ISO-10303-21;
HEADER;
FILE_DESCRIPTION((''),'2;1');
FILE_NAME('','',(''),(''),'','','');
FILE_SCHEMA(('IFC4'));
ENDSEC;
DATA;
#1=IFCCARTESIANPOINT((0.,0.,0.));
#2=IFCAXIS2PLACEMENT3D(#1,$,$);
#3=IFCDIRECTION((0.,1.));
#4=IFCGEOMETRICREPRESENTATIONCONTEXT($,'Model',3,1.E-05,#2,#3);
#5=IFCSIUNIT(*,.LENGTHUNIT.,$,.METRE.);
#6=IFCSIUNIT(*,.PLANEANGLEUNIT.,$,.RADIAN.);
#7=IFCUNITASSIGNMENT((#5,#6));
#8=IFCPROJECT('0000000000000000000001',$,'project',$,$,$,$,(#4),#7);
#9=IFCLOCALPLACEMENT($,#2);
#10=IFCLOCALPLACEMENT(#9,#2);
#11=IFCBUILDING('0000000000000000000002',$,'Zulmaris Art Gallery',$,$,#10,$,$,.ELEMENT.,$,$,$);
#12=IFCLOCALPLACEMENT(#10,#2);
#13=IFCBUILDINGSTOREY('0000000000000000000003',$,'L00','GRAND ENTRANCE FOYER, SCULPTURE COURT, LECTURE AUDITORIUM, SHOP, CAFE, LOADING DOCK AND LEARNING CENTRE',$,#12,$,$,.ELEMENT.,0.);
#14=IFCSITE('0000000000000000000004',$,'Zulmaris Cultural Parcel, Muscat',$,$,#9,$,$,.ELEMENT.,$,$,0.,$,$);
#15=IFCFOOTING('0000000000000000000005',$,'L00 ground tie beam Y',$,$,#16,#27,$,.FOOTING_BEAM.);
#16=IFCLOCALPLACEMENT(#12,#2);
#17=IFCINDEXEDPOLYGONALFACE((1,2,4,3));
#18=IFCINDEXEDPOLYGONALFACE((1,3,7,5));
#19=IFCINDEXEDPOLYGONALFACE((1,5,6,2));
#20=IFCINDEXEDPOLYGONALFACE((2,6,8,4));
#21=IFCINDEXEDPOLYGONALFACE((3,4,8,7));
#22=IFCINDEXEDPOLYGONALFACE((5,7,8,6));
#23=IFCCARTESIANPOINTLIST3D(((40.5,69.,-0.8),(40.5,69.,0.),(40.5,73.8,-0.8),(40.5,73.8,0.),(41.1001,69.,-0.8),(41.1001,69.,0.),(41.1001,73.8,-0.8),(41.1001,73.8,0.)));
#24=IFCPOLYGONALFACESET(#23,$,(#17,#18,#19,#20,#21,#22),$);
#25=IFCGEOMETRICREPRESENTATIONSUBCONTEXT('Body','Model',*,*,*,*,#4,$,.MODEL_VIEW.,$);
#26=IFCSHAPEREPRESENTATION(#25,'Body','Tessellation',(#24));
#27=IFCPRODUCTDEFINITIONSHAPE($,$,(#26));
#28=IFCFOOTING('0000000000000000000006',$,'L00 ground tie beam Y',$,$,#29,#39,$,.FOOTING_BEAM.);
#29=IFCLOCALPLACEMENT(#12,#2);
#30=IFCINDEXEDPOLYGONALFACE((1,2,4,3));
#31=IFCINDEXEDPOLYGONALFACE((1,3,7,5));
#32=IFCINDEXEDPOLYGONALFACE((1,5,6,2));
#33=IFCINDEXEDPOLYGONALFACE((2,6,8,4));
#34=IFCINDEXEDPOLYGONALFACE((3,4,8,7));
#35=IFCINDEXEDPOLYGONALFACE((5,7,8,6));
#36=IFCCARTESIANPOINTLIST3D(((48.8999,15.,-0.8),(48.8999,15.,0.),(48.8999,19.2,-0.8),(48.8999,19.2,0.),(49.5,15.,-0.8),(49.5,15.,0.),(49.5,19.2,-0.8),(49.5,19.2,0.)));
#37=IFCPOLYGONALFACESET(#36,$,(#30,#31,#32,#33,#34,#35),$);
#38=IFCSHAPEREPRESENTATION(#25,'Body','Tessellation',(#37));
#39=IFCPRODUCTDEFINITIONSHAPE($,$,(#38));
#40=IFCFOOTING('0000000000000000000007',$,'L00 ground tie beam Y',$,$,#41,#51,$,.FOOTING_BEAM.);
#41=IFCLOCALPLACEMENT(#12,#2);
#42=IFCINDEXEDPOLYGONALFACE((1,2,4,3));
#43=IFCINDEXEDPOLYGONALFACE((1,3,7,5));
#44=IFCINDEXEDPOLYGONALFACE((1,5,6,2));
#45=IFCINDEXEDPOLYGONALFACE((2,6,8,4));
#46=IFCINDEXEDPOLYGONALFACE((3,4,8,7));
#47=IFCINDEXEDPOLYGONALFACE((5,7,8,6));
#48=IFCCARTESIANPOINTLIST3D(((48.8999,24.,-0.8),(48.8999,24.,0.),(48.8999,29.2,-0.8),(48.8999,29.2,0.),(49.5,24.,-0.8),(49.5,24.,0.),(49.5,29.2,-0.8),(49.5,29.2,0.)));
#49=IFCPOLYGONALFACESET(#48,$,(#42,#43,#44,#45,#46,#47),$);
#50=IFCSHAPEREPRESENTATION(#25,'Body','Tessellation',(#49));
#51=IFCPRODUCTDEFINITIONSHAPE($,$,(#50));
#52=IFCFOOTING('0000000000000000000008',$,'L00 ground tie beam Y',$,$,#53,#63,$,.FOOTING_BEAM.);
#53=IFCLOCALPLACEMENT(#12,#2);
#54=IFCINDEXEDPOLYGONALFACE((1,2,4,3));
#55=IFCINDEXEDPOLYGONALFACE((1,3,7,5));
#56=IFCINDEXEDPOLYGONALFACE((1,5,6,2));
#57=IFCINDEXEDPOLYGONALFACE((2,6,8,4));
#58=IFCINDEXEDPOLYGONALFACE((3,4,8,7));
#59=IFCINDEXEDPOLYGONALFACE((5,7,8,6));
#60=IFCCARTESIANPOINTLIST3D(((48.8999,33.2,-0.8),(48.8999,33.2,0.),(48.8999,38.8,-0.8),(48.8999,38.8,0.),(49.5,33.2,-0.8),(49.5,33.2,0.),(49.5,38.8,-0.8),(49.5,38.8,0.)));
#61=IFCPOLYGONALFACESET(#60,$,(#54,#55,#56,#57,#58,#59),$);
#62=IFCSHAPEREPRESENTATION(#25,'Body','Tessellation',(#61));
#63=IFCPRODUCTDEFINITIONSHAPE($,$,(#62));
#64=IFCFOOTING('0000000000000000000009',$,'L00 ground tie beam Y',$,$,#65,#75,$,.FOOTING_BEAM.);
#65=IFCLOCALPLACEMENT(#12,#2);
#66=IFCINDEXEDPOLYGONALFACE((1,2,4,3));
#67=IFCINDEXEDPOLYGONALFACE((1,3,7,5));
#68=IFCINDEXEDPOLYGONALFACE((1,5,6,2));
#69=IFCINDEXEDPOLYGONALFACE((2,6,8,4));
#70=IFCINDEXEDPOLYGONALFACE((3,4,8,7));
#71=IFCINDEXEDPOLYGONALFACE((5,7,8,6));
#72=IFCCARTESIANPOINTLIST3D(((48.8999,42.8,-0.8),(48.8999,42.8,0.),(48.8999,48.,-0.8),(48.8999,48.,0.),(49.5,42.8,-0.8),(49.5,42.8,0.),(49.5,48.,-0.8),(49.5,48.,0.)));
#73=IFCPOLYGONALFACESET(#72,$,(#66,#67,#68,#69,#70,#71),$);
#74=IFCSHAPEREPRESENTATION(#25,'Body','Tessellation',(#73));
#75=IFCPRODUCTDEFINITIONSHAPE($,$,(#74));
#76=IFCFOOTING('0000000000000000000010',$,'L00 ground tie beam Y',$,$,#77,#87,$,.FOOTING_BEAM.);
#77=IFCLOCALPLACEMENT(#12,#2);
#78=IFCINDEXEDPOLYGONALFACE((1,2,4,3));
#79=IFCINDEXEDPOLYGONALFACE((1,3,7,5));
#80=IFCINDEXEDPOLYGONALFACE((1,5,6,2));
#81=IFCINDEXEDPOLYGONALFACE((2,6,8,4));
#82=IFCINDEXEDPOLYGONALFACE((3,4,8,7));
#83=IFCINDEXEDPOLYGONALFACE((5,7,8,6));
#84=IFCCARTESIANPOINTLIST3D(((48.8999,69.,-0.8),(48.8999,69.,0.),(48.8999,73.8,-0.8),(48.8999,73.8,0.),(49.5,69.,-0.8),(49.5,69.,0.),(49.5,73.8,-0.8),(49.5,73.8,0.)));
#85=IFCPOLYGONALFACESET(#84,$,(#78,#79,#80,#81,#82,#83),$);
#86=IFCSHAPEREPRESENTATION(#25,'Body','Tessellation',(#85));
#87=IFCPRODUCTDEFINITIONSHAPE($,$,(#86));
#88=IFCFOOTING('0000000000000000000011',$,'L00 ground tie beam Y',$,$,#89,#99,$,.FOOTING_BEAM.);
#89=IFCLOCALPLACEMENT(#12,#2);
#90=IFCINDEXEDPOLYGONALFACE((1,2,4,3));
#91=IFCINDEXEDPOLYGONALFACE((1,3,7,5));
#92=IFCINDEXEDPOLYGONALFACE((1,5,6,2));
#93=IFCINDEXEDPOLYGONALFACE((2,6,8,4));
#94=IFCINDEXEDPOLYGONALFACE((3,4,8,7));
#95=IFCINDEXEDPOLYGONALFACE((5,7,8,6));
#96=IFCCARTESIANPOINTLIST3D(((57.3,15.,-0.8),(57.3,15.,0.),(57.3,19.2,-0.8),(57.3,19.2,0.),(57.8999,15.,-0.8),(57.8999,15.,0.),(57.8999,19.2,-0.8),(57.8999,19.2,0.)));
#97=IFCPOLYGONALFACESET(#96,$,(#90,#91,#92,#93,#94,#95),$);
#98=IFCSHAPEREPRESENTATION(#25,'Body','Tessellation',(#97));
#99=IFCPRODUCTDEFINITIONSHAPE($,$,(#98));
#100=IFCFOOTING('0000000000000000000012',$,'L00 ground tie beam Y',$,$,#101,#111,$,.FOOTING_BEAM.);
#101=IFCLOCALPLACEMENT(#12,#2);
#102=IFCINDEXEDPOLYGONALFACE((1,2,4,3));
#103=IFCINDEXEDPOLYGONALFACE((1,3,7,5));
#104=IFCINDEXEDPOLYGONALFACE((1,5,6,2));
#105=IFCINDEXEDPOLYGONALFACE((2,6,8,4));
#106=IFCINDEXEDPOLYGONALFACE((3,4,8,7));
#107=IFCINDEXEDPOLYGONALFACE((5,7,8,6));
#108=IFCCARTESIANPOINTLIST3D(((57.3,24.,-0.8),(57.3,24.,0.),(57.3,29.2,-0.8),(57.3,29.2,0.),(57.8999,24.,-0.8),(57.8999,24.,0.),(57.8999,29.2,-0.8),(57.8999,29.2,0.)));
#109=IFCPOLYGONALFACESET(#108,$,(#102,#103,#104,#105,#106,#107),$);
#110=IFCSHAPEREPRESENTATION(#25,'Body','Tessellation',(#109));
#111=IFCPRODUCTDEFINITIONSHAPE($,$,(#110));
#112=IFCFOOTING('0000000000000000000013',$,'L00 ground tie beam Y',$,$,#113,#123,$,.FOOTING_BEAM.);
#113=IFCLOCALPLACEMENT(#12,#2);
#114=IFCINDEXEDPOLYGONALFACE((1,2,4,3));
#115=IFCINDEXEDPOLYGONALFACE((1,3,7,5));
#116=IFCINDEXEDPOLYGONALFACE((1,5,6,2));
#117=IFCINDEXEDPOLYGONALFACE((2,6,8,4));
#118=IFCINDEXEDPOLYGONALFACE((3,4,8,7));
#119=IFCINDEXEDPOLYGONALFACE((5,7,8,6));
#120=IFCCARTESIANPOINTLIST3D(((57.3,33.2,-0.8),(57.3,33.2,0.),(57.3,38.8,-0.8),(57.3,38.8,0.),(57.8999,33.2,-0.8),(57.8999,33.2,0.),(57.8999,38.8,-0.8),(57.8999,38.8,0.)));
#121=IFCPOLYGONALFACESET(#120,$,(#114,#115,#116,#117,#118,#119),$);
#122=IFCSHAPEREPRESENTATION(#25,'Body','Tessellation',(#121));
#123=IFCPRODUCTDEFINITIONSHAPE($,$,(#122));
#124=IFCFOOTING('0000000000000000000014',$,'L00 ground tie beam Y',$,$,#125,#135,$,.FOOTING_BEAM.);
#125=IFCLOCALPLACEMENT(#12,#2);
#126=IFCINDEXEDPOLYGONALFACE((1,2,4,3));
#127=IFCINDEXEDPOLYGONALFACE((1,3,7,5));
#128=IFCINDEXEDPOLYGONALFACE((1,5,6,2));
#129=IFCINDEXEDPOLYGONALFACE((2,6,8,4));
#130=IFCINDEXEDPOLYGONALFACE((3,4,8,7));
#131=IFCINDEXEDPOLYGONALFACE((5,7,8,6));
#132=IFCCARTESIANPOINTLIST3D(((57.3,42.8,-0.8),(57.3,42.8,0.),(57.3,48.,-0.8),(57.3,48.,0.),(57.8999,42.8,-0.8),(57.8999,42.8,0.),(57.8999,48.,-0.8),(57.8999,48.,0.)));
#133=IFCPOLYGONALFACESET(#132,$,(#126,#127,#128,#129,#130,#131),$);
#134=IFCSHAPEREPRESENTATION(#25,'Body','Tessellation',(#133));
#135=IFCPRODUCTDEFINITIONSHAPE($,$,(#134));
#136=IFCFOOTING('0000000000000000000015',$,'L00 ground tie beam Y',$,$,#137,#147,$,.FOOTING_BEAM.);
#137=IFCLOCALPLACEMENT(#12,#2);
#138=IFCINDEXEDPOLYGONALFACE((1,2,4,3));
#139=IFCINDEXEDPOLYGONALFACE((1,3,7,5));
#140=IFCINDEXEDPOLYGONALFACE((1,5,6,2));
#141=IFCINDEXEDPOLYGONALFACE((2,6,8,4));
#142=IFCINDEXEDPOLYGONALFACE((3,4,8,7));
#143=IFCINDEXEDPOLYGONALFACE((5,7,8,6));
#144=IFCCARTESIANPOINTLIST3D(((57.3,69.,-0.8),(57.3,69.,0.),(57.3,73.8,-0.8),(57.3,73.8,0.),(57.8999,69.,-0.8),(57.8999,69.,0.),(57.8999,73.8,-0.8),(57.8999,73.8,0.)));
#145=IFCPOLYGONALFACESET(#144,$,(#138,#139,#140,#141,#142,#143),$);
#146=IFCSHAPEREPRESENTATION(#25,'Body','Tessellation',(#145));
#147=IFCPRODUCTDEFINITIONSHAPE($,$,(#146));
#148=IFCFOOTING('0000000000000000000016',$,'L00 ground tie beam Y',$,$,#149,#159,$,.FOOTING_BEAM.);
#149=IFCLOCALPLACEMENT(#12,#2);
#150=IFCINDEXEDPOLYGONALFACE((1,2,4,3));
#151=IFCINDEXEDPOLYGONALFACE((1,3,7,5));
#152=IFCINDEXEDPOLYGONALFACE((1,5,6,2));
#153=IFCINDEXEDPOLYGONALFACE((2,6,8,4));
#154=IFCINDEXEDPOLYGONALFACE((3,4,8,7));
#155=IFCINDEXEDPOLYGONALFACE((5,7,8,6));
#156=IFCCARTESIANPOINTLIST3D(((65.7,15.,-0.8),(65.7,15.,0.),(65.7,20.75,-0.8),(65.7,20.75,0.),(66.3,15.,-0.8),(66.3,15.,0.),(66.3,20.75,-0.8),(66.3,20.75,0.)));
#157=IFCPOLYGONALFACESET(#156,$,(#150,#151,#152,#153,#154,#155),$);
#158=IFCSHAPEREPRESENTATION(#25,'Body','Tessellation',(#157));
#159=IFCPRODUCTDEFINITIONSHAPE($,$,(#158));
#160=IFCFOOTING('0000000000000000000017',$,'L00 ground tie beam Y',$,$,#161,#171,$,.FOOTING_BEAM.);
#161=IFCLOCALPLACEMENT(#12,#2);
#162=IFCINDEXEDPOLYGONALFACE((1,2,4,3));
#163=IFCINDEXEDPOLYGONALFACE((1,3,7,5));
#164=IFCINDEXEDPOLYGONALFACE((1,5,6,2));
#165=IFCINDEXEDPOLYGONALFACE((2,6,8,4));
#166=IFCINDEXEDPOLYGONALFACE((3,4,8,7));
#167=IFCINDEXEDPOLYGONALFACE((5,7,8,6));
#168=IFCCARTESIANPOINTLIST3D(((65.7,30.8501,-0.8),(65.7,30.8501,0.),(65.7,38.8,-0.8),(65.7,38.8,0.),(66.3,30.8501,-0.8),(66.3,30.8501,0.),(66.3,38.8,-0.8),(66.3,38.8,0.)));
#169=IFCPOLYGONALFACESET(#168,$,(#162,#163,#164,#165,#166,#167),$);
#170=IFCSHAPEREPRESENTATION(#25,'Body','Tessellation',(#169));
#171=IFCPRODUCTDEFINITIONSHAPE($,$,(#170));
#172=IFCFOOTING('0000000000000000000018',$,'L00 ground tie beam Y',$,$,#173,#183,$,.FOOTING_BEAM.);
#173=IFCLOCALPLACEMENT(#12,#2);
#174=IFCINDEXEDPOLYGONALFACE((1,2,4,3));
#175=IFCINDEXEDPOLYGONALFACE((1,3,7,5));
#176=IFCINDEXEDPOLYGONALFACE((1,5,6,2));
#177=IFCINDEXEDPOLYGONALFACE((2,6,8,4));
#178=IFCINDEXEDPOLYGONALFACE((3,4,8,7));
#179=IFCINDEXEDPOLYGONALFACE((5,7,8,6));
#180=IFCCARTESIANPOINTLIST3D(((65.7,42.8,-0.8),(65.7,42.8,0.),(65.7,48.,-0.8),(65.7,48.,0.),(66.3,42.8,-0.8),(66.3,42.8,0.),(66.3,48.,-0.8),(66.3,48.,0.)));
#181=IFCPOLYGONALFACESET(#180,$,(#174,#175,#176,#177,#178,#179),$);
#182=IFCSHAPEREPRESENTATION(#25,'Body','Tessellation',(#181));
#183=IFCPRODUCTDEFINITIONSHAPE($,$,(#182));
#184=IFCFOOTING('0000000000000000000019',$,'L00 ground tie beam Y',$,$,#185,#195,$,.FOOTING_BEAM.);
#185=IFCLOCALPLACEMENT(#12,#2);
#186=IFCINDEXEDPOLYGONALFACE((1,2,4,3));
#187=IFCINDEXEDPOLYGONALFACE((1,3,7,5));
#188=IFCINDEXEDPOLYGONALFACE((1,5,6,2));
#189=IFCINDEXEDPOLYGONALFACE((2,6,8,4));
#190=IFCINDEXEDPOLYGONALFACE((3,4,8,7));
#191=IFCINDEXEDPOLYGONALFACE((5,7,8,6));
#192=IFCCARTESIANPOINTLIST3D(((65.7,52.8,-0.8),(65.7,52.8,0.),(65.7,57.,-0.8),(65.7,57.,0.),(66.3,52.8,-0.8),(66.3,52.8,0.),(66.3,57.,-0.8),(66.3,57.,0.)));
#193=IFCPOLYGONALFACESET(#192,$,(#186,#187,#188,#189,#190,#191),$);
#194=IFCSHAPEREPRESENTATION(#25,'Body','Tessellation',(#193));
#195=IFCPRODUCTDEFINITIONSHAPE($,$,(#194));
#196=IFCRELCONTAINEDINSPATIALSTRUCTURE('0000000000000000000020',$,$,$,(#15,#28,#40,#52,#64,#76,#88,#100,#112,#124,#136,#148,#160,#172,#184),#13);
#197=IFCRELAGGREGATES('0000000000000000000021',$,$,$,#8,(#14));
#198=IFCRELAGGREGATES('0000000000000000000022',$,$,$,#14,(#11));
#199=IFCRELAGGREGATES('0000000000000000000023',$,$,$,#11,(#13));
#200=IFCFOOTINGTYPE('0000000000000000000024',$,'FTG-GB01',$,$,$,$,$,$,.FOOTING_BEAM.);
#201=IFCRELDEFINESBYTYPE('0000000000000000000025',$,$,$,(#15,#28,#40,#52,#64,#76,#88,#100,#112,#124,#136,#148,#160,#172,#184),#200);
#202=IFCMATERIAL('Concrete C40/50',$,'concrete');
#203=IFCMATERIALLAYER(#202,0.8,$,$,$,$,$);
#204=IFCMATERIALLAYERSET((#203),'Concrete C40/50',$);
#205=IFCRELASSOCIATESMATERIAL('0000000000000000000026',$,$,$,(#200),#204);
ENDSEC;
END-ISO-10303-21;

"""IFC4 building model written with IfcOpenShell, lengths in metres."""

from ifc_helpers import new_model, si_unit, direction, frame, origin, place, context, subcontext, project, spatial, polyline, outline, extrude, material, layer, layer_set, type_object, element, save


model = new_model("IFC4")

# Units and contexts
model_context = context("Model", 3, precision=1e-05, world=origin(), true_north=direction((0.0, 1.0)))
body_context = subcontext(model_context, "Body", "Model", "MODEL_VIEW")
ifc_project = project(units=[si_unit("LENGTHUNIT", "METRE"), si_unit("PLANEANGLEUNIT", "RADIAN")], contexts=[model_context])

# Site, building, storey
site_placement = place(None, origin())
site = spatial("IfcSite", under=ifc_project, at=site_placement, Name="Zulmaris Cultural Parcel, Muscat", CompositionType="ELEMENT", RefElevation=0.0)
building_placement = place(site_placement, origin())
building = spatial("IfcBuilding", under=site, at=building_placement, Name="Zulmaris Art Gallery", CompositionType="ELEMENT")
storey_placement = place(building_placement, origin())
storey = spatial("IfcBuildingStorey", under=building, at=storey_placement, Name="L00", Description="GRAND ENTRANCE FOYER, SCULPTURE COURT, LECTURE AUDITORIUM, SHOP, CAFE, LOADING DOCK AND LEARNING CENTRE", CompositionType="ELEMENT", Elevation=0.0)

# Footings
ifc_material = material(Name="Concrete C40/50", Category="concrete")
ifc_layer = layer(ifc_material, 0.8)
ifc_layer_set = layer_set([ifc_layer], Name="Concrete C40/50")
footing_type = type_object("IfcFootingType", Name="FTG-GB01", PredefinedType="FOOTING_BEAM", material=ifc_layer_set)
footing_1_placement = place(storey_placement, frame((0.0, 0.0, -0.8)))
element("IfcFooting", 1, at=footing_1_placement, inside=storey, type_object=footing_type, Name="L00 ground tie beam Y", PredefinedType="FOOTING_BEAM", context=body_context, shape_type="SweptSolid", body=[
    extrude(outline(polyline([(40.5, 69.0), (41.1001, 69.0), (41.1001, 73.8), (40.5, 73.8), (40.5, 69.0)])), origin(), (0.0, 0.0, 1.0), 0.8),
])
footing_2_placement = place(storey_placement, frame((0.0, 0.0, -0.8)))
element("IfcFooting", 2, at=footing_2_placement, inside=storey, type_object=footing_type, Name="L00 ground tie beam Y", PredefinedType="FOOTING_BEAM", context=body_context, shape_type="SweptSolid", body=[
    extrude(outline(polyline([(48.8999, 15.0), (49.5, 15.0), (49.5, 19.2), (48.8999, 19.2), (48.8999, 15.0)])), origin(), (0.0, 0.0, 1.0), 0.8),
])
footing_3_placement = place(storey_placement, frame((0.0, 0.0, -0.8)))
element("IfcFooting", 3, at=footing_3_placement, inside=storey, type_object=footing_type, Name="L00 ground tie beam Y", PredefinedType="FOOTING_BEAM", context=body_context, shape_type="SweptSolid", body=[
    extrude(outline(polyline([(48.8999, 24.0), (49.5, 24.0), (49.5, 29.2), (48.8999, 29.2), (48.8999, 24.0)])), origin(), (0.0, 0.0, 1.0), 0.8),
])
footing_4_placement = place(storey_placement, frame((0.0, 0.0, -0.8)))
element("IfcFooting", 4, at=footing_4_placement, inside=storey, type_object=footing_type, Name="L00 ground tie beam Y", PredefinedType="FOOTING_BEAM", context=body_context, shape_type="SweptSolid", body=[
    extrude(outline(polyline([(48.8999, 33.2), (49.5, 33.2), (49.5, 38.8), (48.8999, 38.8), (48.8999, 33.2)])), origin(), (0.0, 0.0, 1.0), 0.8),
])
footing_5_placement = place(storey_placement, frame((0.0, 0.0, -0.8)))
element("IfcFooting", 5, at=footing_5_placement, inside=storey, type_object=footing_type, Name="L00 ground tie beam Y", PredefinedType="FOOTING_BEAM", context=body_context, shape_type="SweptSolid", body=[
    extrude(outline(polyline([(48.8999, 42.8), (49.5, 42.8), (49.5, 48.0), (48.8999, 48.0), (48.8999, 42.8)])), origin(), (0.0, 0.0, 1.0), 0.8),
])
footing_6_placement = place(storey_placement, frame((0.0, 0.0, -0.8)))
element("IfcFooting", 6, at=footing_6_placement, inside=storey, type_object=footing_type, Name="L00 ground tie beam Y", PredefinedType="FOOTING_BEAM", context=body_context, shape_type="SweptSolid", body=[
    extrude(outline(polyline([(48.8999, 69.0), (49.5, 69.0), (49.5, 73.8), (48.8999, 73.8), (48.8999, 69.0)])), origin(), (0.0, 0.0, 1.0), 0.8),
])
footing_7_placement = place(storey_placement, frame((0.0, 0.0, -0.8)))
element("IfcFooting", 7, at=footing_7_placement, inside=storey, type_object=footing_type, Name="L00 ground tie beam Y", PredefinedType="FOOTING_BEAM", context=body_context, shape_type="SweptSolid", body=[
    extrude(outline(polyline([(57.3, 15.0), (57.8999, 15.0), (57.8999, 19.2), (57.3, 19.2), (57.3, 15.0)])), origin(), (0.0, 0.0, 1.0), 0.8),
])
footing_8_placement = place(storey_placement, frame((0.0, 0.0, -0.8)))
element("IfcFooting", 8, at=footing_8_placement, inside=storey, type_object=footing_type, Name="L00 ground tie beam Y", PredefinedType="FOOTING_BEAM", context=body_context, shape_type="SweptSolid", body=[
    extrude(outline(polyline([(57.3, 24.0), (57.8999, 24.0), (57.8999, 29.2), (57.3, 29.2), (57.3, 24.0)])), origin(), (0.0, 0.0, 1.0), 0.8),
])
footing_9_placement = place(storey_placement, frame((0.0, 0.0, -0.8)))
element("IfcFooting", 9, at=footing_9_placement, inside=storey, type_object=footing_type, Name="L00 ground tie beam Y", PredefinedType="FOOTING_BEAM", context=body_context, shape_type="SweptSolid", body=[
    extrude(outline(polyline([(57.3, 33.2), (57.8999, 33.2), (57.8999, 38.8), (57.3, 38.8), (57.3, 33.2)])), origin(), (0.0, 0.0, 1.0), 0.8),
])
footing_10_placement = place(storey_placement, frame((0.0, 0.0, -0.8)))
element("IfcFooting", 10, at=footing_10_placement, inside=storey, type_object=footing_type, Name="L00 ground tie beam Y", PredefinedType="FOOTING_BEAM", context=body_context, shape_type="SweptSolid", body=[
    extrude(outline(polyline([(57.3, 42.8), (57.8999, 42.8), (57.8999, 48.0), (57.3, 48.0), (57.3, 42.8)])), origin(), (0.0, 0.0, 1.0), 0.8),
])
footing_11_placement = place(storey_placement, frame((0.0, 0.0, -0.8)))
element("IfcFooting", 11, at=footing_11_placement, inside=storey, type_object=footing_type, Name="L00 ground tie beam Y", PredefinedType="FOOTING_BEAM", context=body_context, shape_type="SweptSolid", body=[
    extrude(outline(polyline([(57.3, 69.0), (57.8999, 69.0), (57.8999, 73.8), (57.3, 73.8), (57.3, 69.0)])), origin(), (0.0, 0.0, 1.0), 0.8),
])
footing_12_placement = place(storey_placement, frame((0.0, 0.0, -0.8)))
element("IfcFooting", 12, at=footing_12_placement, inside=storey, type_object=footing_type, Name="L00 ground tie beam Y", PredefinedType="FOOTING_BEAM", context=body_context, shape_type="SweptSolid", body=[
    extrude(outline(polyline([(65.7, 15.0), (66.3, 15.0), (66.3, 20.75), (65.7, 20.75), (65.7, 15.0)])), origin(), (0.0, 0.0, 1.0), 0.8),
])
footing_13_placement = place(storey_placement, frame((0.0, 0.0, -0.8)))
element("IfcFooting", 13, at=footing_13_placement, inside=storey, type_object=footing_type, Name="L00 ground tie beam Y", PredefinedType="FOOTING_BEAM", context=body_context, shape_type="SweptSolid", body=[
    extrude(outline(polyline([(65.7, 30.8501), (66.3, 30.8501), (66.3, 38.8), (65.7, 38.8), (65.7, 30.8501)])), origin(), (0.0, 0.0, 1.0), 0.8),
])
footing_14_placement = place(storey_placement, frame((0.0, 0.0, -0.8)))
element("IfcFooting", 14, at=footing_14_placement, inside=storey, type_object=footing_type, Name="L00 ground tie beam Y", PredefinedType="FOOTING_BEAM", context=body_context, shape_type="SweptSolid", body=[
    extrude(outline(polyline([(65.7, 42.8), (66.3, 42.8), (66.3, 48.0), (65.7, 48.0), (65.7, 42.8)])), origin(), (0.0, 0.0, 1.0), 0.8),
])
footing_15_placement = place(storey_placement, frame((0.0, 0.0, -0.8)))
element("IfcFooting", 15, at=footing_15_placement, inside=storey, type_object=footing_type, Name="L00 ground tie beam Y", PredefinedType="FOOTING_BEAM", context=body_context, shape_type="SweptSolid", body=[
    extrude(outline(polyline([(65.7, 52.8), (66.3, 52.8), (66.3, 57.0), (65.7, 57.0), (65.7, 52.8)])), origin(), (0.0, 0.0, 1.0), 0.8),
])

save(model, "model.ifc")
